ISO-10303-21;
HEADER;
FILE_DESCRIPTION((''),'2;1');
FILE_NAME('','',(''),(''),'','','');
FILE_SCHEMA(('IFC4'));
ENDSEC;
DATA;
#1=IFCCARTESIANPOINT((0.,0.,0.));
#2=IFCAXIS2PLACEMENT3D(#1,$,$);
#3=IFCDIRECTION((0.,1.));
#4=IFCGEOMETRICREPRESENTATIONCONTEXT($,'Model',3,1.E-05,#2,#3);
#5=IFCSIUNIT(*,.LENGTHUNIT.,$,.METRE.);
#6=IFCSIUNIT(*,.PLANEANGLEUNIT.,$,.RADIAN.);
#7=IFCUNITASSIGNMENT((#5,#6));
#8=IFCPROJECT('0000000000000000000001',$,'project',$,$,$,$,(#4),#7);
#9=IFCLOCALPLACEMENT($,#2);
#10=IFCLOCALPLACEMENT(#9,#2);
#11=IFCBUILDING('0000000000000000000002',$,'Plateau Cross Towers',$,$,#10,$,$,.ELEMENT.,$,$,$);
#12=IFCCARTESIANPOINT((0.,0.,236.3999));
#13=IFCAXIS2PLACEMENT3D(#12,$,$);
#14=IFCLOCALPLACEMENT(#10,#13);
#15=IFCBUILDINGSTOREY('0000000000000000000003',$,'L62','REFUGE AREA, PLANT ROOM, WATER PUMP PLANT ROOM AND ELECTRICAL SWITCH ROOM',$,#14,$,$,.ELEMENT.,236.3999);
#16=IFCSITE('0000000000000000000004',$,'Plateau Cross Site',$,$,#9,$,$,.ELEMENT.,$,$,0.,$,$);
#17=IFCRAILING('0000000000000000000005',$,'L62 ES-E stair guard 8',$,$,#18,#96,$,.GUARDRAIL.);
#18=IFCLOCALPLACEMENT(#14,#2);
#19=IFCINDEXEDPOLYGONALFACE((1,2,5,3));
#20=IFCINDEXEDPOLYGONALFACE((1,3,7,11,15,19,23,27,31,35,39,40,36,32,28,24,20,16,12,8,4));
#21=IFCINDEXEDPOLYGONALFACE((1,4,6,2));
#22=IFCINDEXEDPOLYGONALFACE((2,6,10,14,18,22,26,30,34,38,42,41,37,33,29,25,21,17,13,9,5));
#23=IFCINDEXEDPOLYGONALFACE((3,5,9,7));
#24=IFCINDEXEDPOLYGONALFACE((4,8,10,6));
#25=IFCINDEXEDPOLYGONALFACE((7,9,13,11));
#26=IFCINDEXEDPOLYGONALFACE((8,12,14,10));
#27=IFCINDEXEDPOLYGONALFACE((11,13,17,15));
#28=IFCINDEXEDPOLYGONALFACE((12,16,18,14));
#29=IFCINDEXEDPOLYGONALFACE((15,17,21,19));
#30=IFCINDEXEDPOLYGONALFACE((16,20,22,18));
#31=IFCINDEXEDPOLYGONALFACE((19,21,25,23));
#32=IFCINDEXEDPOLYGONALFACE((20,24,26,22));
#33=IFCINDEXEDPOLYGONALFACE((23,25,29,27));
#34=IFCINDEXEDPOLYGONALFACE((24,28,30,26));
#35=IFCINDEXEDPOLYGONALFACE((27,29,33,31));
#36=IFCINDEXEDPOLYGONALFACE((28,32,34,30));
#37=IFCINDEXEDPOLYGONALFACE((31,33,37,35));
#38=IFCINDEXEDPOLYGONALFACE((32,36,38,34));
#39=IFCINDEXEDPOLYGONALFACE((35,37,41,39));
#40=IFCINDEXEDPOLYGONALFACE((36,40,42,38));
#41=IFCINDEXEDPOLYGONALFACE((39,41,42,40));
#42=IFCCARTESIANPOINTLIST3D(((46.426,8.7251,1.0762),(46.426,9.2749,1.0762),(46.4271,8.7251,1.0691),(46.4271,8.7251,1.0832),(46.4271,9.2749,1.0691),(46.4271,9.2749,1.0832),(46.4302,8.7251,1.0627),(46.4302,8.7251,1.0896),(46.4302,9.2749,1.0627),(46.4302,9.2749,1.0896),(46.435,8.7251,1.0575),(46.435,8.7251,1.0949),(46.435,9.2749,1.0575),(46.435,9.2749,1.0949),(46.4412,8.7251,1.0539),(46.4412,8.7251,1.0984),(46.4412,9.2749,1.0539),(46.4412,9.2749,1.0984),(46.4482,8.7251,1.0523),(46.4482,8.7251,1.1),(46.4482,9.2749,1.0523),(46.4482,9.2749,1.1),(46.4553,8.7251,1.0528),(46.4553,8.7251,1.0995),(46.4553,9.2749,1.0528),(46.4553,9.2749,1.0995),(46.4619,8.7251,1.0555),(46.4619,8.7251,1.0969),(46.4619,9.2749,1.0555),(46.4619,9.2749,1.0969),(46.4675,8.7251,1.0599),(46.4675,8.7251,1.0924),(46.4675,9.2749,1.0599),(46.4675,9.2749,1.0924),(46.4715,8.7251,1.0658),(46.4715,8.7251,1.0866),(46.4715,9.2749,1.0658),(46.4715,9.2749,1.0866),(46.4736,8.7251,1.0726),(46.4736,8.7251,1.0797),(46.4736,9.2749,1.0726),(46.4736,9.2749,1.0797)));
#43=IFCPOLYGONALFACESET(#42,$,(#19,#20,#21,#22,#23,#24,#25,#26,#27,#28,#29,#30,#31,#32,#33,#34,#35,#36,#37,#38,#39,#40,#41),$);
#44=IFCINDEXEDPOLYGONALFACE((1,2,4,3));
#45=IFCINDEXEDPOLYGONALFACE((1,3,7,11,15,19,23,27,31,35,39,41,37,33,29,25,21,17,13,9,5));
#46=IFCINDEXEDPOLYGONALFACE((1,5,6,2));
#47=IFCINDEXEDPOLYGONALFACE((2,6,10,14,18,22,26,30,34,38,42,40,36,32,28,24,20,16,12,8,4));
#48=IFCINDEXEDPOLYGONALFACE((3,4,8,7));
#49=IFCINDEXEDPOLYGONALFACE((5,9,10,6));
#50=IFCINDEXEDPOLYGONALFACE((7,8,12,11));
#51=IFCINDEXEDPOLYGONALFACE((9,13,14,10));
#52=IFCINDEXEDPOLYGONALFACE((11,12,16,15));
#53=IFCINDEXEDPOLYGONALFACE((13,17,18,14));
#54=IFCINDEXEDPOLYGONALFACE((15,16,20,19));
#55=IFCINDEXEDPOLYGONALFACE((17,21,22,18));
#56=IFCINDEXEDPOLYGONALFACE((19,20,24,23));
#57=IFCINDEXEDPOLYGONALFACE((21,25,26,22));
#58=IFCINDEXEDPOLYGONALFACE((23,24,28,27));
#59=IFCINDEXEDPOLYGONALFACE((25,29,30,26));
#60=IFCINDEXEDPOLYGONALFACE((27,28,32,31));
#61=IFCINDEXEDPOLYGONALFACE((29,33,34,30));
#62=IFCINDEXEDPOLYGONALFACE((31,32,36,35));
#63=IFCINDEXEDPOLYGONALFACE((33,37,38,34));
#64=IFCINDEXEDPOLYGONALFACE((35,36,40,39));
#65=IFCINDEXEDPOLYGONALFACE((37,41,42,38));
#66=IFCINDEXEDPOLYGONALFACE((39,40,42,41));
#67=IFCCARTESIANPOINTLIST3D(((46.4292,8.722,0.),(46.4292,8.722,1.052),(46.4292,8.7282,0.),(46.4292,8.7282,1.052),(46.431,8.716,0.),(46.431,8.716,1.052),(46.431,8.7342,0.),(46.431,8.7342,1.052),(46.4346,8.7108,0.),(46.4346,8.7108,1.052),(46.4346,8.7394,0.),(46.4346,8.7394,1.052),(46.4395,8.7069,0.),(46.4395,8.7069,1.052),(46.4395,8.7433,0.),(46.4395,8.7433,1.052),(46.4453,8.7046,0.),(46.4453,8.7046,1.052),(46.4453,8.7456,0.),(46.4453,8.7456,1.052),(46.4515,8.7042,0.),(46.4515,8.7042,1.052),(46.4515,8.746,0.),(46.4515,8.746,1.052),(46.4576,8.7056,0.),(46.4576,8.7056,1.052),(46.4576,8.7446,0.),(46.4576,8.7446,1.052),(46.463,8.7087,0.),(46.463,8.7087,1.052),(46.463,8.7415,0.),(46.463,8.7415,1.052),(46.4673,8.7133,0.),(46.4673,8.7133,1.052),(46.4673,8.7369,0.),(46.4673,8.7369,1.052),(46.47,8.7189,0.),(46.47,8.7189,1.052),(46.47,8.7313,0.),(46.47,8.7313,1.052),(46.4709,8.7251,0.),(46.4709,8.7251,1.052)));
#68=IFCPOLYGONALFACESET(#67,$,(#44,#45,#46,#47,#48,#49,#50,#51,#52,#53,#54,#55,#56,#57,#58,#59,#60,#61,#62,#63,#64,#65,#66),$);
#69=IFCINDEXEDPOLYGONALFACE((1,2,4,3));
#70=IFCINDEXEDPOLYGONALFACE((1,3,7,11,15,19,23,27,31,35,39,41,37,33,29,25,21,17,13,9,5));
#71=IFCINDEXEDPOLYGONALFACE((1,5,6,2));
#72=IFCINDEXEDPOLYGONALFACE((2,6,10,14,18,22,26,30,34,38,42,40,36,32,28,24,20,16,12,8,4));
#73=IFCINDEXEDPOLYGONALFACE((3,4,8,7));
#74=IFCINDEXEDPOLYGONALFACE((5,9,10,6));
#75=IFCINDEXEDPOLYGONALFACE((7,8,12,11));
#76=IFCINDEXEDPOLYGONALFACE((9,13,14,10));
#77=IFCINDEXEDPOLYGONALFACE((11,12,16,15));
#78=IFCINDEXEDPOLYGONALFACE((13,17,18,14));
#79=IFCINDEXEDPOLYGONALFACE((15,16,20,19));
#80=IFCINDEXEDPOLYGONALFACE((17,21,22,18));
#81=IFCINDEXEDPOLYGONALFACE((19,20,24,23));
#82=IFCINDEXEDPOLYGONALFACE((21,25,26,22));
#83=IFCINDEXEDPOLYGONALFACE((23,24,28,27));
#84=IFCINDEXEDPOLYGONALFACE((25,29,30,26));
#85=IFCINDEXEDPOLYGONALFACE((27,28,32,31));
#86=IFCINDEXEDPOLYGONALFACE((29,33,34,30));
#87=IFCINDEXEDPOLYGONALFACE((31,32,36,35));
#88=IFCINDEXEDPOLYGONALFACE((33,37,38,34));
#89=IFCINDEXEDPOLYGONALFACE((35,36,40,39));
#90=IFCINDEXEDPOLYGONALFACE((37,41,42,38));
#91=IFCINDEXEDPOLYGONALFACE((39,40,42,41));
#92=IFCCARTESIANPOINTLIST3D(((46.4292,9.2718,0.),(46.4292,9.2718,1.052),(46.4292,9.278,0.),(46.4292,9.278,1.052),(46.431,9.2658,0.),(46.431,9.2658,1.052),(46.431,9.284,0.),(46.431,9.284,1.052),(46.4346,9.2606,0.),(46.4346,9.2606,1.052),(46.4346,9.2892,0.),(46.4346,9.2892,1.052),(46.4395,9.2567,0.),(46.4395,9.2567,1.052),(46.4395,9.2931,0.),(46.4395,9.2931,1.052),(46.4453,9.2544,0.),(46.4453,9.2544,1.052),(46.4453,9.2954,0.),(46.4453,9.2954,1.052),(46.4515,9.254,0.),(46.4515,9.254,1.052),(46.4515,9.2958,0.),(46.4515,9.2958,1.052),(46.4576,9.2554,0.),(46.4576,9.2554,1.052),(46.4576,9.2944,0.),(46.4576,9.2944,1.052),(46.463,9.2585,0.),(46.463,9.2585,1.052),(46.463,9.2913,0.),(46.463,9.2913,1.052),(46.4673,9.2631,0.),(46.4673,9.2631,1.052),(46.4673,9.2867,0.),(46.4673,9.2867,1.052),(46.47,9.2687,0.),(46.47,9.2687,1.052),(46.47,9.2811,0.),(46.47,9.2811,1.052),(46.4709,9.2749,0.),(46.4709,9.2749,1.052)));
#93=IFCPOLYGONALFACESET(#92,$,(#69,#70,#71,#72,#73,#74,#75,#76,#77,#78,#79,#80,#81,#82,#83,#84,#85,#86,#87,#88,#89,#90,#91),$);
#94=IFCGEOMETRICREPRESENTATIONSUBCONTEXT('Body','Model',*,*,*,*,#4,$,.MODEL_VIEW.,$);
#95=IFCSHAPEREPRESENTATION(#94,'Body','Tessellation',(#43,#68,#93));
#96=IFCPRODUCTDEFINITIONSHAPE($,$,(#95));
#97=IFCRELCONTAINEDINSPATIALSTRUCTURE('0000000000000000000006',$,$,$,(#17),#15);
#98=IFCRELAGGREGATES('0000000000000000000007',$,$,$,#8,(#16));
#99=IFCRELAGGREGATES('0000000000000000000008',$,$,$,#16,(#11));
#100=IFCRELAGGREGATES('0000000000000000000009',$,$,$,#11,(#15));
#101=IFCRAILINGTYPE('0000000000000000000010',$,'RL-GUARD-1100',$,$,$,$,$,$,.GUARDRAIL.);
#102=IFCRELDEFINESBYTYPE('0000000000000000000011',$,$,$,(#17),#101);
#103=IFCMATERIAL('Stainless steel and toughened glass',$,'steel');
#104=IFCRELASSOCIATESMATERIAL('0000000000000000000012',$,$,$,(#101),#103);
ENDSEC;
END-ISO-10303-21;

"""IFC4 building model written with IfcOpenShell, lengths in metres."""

from ifc_helpers import new_model, si_unit, direction, frame, origin, origin_2d, place, context, subcontext, project, spatial, circle, extrude, material, type_object, element, save


model = new_model("IFC4")

# Units and contexts
model_context = context("Model", 3, precision=1e-05, world=origin(), true_north=direction((0.0, 1.0)))
body_context = subcontext(model_context, "Body", "Model", "MODEL_VIEW")
ifc_project = project(units=[si_unit("LENGTHUNIT", "METRE"), si_unit("PLANEANGLEUNIT", "RADIAN")], contexts=[model_context])

# Site, building, storey
site_placement = place(None, origin())
site = spatial("IfcSite", under=ifc_project, at=site_placement, Name="Plateau Cross Site", CompositionType="ELEMENT", RefElevation=0.0)
building_placement = place(site_placement, origin())
building = spatial("IfcBuilding", under=site, at=building_placement, Name="Plateau Cross Towers", CompositionType="ELEMENT")
storey_placement = place(building_placement, frame((0.0, 0.0, 236.3999)))
storey = spatial("IfcBuildingStorey", under=building, at=storey_placement, Name="L62", Description="REFUGE AREA, PLANT ROOM, WATER PUMP PLANT ROOM AND ELECTRICAL SWITCH ROOM", CompositionType="ELEMENT", Elevation=236.3999)

# Railing
ifc_material_1 = material(Name="Stainless steel and toughened glass", Category="steel")
railing_type_1 = type_object("IfcRailingType", Name="RL-GUARD-1100", PredefinedType="GUARDRAIL", material=ifc_material_1)
railing_1_placement = place(storey_placement, frame((46.45, 8.7251, 0.0)))
element("IfcRailing", 1, at=railing_1_placement, inside=storey, type_object=railing_type_1, Name="L62 ES-E stair guard 8", PredefinedType="GUARDRAIL", context=body_context, shape_type="SweptSolid", body=[
    extrude(circle(Radius=0.0239, at=origin_2d()), frame((0.0, 0.0, 1.0762), z_axis=(0.0, 1.0, 0.0), x_axis=(-1.0, 0.0, 0.0)), (0.0, 0.0, 1.0), 0.5498),
    extrude(circle(Radius=0.021, at=origin_2d()), origin(), (0.0, 0.0, 1.0), 1.052),
    extrude(circle(Radius=0.021, at=origin_2d()), frame((0.0, 0.5498, 0.0)), (0.0, 0.0, 1.0), 1.052),
])

save(model, "model.ifc")
